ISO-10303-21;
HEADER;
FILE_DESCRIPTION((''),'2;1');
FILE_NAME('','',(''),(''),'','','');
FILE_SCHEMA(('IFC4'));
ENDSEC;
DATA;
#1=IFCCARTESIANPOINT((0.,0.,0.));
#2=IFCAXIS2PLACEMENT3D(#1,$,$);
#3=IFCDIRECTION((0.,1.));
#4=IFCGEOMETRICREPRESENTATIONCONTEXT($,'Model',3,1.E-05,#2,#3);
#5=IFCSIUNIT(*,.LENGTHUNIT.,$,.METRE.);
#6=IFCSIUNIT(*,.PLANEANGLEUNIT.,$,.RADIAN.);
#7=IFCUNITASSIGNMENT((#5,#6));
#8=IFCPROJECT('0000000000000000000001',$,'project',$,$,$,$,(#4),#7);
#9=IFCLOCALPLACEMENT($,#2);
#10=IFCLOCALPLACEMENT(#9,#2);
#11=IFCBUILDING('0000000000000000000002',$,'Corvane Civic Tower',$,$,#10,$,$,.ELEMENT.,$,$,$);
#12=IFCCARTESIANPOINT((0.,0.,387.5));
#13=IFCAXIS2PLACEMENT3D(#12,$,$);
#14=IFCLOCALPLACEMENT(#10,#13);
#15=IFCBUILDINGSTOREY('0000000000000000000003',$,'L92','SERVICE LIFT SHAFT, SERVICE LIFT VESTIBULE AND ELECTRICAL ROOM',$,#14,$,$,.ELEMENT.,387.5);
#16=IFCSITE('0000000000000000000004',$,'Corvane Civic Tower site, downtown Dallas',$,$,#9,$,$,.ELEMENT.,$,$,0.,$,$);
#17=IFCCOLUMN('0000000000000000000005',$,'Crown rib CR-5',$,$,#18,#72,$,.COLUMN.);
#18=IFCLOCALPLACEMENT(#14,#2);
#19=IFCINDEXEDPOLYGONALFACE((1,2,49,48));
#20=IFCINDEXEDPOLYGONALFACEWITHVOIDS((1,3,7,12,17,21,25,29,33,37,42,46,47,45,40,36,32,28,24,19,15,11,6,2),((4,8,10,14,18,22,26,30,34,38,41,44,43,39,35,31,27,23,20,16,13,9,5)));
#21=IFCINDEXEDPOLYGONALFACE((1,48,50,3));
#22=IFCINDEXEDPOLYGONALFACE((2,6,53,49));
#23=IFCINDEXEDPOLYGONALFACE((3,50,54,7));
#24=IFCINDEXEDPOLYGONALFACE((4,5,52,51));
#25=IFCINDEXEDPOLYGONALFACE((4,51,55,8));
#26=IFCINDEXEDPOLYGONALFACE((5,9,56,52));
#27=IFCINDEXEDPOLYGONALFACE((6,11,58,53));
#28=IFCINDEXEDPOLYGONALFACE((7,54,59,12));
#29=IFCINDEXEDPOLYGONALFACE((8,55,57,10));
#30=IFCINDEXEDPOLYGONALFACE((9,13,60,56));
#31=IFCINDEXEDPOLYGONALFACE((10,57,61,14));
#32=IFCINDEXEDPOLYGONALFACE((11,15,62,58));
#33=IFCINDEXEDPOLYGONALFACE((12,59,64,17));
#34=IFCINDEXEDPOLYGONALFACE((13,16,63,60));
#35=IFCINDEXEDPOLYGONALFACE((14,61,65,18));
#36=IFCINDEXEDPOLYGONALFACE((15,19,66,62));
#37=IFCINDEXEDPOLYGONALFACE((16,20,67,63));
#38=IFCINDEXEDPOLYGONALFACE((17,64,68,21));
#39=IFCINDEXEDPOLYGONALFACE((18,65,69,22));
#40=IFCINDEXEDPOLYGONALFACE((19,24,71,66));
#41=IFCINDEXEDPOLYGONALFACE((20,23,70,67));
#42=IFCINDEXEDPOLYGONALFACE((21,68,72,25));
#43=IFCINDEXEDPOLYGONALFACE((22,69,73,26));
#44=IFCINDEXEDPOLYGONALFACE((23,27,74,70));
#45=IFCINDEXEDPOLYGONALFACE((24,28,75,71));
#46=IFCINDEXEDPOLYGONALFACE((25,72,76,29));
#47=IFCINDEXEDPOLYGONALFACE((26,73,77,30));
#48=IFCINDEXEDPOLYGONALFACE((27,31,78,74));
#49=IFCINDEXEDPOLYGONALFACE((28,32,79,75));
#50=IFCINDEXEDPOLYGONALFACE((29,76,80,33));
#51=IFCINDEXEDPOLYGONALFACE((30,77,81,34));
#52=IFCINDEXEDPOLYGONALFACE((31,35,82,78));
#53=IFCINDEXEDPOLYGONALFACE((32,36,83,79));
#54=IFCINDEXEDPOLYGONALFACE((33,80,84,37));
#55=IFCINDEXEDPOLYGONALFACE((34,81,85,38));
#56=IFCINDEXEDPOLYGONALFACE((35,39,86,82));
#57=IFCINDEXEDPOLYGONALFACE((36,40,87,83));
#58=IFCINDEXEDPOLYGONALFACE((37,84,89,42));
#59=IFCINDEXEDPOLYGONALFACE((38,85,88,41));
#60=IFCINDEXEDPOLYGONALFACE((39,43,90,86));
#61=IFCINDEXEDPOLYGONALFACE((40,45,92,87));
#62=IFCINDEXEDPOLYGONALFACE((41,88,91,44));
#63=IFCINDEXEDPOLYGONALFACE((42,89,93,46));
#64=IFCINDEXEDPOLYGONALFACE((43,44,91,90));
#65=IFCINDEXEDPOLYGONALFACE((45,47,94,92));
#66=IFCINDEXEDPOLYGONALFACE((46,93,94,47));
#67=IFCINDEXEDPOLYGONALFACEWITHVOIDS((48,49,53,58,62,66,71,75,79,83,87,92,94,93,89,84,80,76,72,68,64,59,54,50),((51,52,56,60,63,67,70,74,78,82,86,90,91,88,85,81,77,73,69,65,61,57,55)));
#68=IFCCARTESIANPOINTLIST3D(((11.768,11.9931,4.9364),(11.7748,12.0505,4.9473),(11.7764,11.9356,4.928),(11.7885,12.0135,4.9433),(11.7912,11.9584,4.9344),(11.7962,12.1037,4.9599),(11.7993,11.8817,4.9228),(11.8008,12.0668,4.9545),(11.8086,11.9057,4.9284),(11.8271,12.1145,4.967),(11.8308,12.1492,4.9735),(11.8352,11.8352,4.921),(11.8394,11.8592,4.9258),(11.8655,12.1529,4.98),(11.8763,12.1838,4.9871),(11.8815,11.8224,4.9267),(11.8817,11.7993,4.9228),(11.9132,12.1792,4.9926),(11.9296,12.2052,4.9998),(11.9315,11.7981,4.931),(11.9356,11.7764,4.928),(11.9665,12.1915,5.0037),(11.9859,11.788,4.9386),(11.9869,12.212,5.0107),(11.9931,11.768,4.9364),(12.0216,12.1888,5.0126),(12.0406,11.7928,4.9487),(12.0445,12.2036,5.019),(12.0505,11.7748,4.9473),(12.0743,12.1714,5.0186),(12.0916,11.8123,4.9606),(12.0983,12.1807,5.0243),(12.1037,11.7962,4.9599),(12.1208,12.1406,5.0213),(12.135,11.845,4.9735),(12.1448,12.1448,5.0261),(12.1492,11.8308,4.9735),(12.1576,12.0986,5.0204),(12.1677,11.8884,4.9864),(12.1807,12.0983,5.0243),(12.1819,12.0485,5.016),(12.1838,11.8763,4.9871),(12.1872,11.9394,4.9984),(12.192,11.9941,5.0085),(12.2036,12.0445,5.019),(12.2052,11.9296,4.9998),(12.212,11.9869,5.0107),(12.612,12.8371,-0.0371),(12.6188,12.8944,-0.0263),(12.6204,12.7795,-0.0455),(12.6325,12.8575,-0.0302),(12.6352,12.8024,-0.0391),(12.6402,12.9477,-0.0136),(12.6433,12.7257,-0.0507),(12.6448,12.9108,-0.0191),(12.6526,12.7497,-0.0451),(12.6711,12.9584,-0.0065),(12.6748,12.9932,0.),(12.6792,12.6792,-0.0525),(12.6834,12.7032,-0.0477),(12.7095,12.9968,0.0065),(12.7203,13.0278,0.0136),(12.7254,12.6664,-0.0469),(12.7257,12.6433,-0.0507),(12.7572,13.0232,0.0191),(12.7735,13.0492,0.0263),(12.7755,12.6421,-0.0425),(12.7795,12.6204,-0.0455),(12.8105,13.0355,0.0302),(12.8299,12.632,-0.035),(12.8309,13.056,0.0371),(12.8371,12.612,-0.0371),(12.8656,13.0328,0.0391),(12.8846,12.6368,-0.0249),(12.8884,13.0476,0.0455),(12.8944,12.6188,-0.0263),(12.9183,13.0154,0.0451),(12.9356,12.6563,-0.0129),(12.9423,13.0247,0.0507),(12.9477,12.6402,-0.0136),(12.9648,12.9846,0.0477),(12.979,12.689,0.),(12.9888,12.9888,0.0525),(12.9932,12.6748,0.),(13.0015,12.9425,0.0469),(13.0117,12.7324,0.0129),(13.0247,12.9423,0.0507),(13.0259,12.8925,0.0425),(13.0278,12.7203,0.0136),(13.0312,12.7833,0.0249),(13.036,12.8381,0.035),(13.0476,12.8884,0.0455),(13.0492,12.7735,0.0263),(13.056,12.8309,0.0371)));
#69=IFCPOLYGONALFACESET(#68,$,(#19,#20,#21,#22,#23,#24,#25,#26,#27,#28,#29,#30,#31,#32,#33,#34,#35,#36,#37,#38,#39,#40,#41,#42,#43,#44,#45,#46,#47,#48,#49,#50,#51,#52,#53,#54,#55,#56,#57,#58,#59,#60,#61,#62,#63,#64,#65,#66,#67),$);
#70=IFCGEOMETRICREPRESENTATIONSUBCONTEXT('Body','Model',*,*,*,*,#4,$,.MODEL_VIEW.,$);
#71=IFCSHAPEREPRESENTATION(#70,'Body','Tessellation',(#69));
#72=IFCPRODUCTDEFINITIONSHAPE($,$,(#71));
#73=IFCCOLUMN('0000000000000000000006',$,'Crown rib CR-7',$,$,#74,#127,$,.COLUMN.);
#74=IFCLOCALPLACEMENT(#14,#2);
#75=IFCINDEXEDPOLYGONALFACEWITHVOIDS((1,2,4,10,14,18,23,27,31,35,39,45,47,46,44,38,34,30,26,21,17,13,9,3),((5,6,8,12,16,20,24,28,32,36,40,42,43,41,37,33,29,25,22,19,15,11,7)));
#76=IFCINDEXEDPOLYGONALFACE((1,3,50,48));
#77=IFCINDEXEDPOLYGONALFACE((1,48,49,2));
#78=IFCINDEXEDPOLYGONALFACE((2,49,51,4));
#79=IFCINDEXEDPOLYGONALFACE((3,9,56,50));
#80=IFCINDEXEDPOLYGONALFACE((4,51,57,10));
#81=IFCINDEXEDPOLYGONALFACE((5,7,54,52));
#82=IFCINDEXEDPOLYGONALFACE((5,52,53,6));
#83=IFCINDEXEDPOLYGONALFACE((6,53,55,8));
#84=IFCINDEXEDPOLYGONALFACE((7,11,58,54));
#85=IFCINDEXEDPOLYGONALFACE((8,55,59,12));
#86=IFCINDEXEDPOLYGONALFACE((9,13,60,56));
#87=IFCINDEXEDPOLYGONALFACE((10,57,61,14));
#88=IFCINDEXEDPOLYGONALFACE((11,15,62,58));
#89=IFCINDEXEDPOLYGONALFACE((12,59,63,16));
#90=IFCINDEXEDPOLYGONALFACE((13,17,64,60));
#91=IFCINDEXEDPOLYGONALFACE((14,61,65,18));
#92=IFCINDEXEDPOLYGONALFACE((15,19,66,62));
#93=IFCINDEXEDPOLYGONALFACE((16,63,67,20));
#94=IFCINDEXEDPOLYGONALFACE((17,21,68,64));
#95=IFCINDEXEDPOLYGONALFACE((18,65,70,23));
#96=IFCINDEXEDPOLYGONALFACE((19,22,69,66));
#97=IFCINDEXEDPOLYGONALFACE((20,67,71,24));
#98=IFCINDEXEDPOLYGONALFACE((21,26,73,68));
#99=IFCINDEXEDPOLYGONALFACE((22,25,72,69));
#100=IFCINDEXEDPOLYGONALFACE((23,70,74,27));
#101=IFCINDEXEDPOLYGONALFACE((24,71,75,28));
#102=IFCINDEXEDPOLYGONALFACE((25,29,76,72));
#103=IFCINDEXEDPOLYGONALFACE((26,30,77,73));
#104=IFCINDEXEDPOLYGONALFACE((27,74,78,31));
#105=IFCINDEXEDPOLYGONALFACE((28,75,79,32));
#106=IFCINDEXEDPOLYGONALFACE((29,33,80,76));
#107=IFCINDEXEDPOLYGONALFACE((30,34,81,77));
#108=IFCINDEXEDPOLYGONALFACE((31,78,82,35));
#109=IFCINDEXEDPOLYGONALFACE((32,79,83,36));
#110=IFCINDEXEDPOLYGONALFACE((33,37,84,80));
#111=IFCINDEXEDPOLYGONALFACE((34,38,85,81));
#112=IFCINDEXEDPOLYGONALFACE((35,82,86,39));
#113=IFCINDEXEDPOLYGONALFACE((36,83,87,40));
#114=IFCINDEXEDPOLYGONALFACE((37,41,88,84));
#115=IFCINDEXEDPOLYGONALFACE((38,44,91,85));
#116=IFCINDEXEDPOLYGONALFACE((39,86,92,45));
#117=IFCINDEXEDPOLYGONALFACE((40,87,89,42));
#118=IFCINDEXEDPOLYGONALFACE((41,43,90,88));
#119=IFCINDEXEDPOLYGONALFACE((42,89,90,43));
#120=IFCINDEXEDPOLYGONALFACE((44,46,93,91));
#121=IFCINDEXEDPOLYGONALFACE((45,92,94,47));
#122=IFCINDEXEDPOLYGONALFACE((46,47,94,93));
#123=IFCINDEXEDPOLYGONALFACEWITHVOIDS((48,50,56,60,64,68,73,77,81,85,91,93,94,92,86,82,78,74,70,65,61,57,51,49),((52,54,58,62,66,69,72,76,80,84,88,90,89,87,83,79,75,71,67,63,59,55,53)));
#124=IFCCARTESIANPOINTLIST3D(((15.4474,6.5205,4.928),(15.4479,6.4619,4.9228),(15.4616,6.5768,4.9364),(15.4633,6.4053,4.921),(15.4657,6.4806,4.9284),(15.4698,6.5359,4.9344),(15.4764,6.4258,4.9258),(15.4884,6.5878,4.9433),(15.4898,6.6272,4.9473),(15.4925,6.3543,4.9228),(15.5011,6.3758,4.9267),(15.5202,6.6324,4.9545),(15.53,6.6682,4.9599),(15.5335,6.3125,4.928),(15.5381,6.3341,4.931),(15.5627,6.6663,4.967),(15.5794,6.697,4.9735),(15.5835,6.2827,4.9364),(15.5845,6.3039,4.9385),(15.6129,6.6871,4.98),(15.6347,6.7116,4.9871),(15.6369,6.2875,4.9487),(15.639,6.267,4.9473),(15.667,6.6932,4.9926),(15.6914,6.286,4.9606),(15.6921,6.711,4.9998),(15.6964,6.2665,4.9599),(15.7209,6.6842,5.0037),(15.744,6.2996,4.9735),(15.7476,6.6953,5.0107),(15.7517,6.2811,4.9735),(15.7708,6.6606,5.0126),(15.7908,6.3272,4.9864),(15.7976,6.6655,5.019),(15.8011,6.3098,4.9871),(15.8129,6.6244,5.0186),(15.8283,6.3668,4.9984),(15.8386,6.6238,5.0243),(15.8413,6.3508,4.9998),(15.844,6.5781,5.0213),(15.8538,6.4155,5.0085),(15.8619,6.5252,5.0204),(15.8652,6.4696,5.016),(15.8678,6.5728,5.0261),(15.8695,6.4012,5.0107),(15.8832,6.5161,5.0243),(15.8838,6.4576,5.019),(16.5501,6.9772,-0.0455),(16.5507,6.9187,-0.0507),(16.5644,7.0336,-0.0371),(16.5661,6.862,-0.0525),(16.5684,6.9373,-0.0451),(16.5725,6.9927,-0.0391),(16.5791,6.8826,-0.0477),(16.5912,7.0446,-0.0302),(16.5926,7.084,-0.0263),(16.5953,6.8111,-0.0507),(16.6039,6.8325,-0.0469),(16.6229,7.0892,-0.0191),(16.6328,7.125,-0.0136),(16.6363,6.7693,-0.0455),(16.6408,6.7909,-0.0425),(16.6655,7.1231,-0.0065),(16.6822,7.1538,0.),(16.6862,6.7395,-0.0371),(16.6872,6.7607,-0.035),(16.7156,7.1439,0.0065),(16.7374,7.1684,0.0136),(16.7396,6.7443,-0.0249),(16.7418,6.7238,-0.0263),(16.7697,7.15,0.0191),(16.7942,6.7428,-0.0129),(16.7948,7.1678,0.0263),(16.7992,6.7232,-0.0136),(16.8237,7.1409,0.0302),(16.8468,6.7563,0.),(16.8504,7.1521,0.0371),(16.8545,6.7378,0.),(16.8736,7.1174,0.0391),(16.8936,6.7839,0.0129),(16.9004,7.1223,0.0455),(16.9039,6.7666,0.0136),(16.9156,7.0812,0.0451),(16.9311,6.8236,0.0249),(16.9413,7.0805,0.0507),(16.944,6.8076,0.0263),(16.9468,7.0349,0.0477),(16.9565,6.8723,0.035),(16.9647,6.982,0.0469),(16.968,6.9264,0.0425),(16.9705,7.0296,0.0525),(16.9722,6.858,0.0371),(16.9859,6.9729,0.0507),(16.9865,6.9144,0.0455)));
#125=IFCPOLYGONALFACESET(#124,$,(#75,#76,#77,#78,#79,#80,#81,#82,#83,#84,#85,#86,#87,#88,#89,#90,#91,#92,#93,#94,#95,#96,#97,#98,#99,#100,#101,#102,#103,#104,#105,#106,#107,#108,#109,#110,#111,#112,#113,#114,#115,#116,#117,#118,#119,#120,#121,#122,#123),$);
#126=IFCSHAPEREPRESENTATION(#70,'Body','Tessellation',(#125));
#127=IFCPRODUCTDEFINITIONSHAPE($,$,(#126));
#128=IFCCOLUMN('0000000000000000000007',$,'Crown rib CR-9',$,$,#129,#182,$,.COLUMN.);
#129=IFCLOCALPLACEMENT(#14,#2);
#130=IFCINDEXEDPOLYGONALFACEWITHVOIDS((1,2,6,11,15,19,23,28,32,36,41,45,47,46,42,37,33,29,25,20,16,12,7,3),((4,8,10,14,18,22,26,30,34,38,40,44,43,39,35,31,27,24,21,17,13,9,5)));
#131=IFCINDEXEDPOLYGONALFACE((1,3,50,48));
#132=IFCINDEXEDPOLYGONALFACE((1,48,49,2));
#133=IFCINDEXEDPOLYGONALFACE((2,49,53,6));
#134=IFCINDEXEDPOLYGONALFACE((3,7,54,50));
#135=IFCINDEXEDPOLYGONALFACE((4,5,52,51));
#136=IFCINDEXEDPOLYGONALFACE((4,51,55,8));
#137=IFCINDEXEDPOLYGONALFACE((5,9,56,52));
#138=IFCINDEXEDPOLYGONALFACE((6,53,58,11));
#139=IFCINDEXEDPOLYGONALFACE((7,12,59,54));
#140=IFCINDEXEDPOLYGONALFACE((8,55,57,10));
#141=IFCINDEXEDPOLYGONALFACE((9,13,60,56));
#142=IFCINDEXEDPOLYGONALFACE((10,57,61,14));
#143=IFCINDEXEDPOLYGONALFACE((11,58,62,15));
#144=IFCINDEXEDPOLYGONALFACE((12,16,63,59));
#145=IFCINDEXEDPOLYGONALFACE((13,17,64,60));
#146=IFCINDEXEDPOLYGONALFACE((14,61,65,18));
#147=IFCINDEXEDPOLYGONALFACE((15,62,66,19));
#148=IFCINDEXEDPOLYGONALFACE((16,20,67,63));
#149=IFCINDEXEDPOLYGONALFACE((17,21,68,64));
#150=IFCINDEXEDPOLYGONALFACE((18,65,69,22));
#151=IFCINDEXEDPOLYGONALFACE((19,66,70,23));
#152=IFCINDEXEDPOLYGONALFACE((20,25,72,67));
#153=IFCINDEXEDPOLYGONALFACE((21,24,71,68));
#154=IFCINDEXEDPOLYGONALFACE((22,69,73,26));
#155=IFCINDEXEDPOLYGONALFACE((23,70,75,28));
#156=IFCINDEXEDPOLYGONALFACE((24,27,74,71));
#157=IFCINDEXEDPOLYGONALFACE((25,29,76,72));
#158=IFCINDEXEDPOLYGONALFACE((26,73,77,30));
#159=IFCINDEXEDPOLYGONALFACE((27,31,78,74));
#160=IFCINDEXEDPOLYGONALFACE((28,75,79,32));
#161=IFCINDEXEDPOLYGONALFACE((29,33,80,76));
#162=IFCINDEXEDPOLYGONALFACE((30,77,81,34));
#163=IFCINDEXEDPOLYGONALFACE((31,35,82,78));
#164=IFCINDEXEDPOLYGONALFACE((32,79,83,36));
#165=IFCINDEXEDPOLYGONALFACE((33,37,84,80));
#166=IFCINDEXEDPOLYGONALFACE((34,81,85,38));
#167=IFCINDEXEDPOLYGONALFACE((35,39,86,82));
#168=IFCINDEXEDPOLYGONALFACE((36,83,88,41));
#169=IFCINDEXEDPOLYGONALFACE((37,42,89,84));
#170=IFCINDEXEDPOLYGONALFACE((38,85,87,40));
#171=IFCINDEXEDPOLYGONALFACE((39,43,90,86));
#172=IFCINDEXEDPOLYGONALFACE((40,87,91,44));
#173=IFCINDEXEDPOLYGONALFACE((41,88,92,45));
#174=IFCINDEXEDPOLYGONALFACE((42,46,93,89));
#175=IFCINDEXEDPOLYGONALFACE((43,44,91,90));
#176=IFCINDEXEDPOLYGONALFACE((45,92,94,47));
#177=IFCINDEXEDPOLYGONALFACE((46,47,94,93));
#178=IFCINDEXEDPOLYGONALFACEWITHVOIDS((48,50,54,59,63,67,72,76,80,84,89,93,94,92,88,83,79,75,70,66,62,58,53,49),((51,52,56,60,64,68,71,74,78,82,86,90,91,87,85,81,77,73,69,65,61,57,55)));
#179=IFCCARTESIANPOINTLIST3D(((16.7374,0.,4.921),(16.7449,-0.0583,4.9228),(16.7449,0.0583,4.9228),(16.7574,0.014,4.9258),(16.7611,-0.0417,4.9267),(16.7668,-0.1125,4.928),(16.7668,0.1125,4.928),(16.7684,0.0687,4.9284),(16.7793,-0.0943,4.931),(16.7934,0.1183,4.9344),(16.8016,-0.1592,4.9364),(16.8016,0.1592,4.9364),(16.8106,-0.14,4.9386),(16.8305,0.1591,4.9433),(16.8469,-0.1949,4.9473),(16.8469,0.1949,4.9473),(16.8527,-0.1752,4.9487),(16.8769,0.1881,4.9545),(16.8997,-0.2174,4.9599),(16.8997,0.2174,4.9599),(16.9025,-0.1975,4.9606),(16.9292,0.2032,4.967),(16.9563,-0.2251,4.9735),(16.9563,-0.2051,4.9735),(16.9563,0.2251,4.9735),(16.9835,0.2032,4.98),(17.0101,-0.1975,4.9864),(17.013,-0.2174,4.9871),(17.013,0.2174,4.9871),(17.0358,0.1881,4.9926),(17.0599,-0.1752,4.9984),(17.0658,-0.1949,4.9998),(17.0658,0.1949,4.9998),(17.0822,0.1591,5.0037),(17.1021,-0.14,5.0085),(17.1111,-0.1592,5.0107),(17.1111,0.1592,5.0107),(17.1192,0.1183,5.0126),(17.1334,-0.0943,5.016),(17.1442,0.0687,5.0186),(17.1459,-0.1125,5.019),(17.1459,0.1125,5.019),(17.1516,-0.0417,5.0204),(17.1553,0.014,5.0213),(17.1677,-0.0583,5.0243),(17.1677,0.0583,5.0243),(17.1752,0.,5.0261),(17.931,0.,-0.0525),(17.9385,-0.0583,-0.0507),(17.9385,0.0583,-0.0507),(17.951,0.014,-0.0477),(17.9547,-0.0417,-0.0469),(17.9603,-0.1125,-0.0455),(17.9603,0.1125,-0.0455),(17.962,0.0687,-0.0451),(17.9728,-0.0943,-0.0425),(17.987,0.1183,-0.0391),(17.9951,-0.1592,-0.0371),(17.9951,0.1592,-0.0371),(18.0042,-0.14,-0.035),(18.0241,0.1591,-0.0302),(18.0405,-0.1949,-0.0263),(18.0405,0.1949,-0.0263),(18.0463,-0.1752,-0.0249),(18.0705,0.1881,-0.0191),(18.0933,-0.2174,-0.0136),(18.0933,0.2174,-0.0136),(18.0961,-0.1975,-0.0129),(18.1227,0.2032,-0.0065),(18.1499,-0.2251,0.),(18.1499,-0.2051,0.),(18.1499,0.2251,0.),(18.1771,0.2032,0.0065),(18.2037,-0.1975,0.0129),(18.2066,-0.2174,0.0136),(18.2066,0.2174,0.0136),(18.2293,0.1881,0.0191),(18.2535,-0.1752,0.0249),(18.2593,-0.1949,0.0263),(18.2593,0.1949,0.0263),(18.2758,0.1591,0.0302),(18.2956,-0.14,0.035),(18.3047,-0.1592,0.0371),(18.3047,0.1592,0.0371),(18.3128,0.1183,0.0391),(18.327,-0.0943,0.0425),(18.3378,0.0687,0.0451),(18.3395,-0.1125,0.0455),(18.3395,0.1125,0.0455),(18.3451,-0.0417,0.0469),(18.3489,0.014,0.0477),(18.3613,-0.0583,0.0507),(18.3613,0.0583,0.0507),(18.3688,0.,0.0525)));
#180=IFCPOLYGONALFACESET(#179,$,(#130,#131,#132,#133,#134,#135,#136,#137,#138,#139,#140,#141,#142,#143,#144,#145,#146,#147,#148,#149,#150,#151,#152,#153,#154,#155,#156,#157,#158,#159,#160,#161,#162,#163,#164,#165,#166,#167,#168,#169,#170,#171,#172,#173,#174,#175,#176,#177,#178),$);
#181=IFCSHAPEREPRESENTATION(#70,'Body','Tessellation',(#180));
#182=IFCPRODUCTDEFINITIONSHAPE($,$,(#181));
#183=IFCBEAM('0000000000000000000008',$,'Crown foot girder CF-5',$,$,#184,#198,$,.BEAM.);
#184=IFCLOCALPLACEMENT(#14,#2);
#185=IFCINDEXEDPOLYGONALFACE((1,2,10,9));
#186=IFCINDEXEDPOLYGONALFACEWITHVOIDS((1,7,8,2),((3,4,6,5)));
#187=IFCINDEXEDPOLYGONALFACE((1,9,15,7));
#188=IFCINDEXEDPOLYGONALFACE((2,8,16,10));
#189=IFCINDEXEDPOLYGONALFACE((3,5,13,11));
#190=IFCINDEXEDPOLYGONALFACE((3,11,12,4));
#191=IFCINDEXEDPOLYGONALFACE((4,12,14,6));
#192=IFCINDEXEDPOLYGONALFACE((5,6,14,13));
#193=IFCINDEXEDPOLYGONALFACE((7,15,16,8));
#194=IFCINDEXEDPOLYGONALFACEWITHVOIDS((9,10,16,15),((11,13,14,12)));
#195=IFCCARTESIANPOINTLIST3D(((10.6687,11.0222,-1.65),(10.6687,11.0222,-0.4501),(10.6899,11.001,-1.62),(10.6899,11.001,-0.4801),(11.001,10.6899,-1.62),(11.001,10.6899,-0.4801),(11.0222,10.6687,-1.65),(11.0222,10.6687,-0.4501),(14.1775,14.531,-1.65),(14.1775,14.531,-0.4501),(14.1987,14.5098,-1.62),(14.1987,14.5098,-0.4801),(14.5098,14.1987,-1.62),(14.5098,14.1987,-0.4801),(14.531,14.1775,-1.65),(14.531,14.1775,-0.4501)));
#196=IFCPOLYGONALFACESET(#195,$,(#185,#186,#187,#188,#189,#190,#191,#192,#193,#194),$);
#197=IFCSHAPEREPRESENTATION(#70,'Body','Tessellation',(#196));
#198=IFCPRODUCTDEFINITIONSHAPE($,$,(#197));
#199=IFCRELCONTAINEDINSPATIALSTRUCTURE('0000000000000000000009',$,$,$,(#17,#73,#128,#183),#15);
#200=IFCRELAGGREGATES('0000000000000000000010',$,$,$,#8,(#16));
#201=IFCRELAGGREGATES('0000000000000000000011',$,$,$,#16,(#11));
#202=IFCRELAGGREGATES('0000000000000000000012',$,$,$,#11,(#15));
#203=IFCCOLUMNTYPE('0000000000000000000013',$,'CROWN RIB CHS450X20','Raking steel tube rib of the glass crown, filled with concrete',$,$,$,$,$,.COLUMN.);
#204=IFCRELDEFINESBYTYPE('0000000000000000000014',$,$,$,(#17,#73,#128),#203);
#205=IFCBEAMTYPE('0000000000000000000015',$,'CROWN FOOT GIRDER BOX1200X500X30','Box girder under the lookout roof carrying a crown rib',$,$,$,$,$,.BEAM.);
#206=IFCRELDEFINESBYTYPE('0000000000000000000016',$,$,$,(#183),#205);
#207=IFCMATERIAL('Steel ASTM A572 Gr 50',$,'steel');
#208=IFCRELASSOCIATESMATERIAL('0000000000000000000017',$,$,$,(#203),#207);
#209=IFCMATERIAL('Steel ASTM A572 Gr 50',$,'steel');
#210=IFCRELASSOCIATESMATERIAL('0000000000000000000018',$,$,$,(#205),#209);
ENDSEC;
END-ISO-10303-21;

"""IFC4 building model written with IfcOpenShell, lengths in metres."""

from ifc_helpers import new_model, si_unit, direction, frame, origin, origin_2d, place, context, subcontext, project, spatial, hollow_rectangle, hollow_circle, extrude, material, material_profile, profile_set, type_object, element, save


model = new_model("IFC4")

# Units and contexts
model_context = context("Model", 3, precision=1e-05, world=origin(), true_north=direction((0.0, 1.0)))
body_context = subcontext(model_context, "Body", "Model", "MODEL_VIEW")
ifc_project = project(units=[si_unit("LENGTHUNIT", "METRE"), si_unit("PLANEANGLEUNIT", "RADIAN")], contexts=[model_context])

# Site, building, storey
site_placement = place(None, origin())
site = spatial("IfcSite", under=ifc_project, at=site_placement, Name="Corvane Civic Tower site, downtown Dallas", CompositionType="ELEMENT", RefElevation=0.0)
building_placement = place(site_placement, origin())
building = spatial("IfcBuilding", under=site, at=building_placement, Name="Corvane Civic Tower", CompositionType="ELEMENT")
storey_placement = place(building_placement, frame((0.0, 0.0, 387.5)))
storey = spatial("IfcBuildingStorey", under=building, at=storey_placement, Name="L92", Description="SERVICE LIFT SHAFT, SERVICE LIFT VESTIBULE AND ELECTRICAL ROOM", CompositionType="ELEMENT", Elevation=387.5)

# Columns
ifc_material_1 = material(Name="Steel ASTM A572 Gr 50", Category="steel")
ifc_material_profile_1 = material_profile(ifc_material_1, hollow_circle(Radius=0.2251, WallThickness=0.02, at=origin_2d()), Name="CHS450X20")
ifc_profile_set_1 = profile_set([ifc_material_profile_1], Name="Steel ASTM A572 Gr 50")
column_type = type_object("IfcColumnType", Name="CROWN RIB CHS450X20", Description="Raking steel tube rib of the glass crown, filled with concrete", PredefinedType="COLUMN", material=ifc_profile_set_1)
for number, where, z_axis, x_axis, name in (
    (1, (12.834, 12.834, 0.0), (-0.165009, -0.165009, 0.972391), (0.707107, -0.707107, 0.0), "Crown rib CR-5"),
    (2, (16.7683, 6.9458, 0.0), (-0.215604, -0.089306, 0.972389), (0.382683, -0.92388, 0.0), "Crown rib CR-7"),
    (3, (18.1499, 0.0, 0.0), (-0.23336, 0.0, 0.97239), (0.0, -1.0, 0.0), "Crown rib CR-9"),
):
    element("IfcColumn", number, at=place(storey_placement, frame(where, z_axis=z_axis, x_axis=x_axis)), inside=storey, type_object=column_type, Name=name, PredefinedType="COLUMN", context=body_context, shape_type="SweptSolid", body=[
        extrude(hollow_circle(Radius=0.2251, WallThickness=0.02, at=origin_2d()), origin(), (0.0, 0.0, 1.0), 5.1147),
    ])

# Beam
ifc_material_2 = material(Name="Steel ASTM A572 Gr 50", Category="steel")
ifc_material_profile_2 = material_profile(ifc_material_2, hollow_rectangle(XDim=0.5, YDim=1.2, WallThickness=0.03, at=origin_2d()), Name="BOX1200X500X30")
ifc_profile_set_2 = profile_set([ifc_material_profile_2], Name="Steel ASTM A572 Gr 50")
beam_type = type_object("IfcBeamType", Name="CROWN FOOT GIRDER BOX1200X500X30", Description="Box girder under the lookout roof carrying a crown rib", PredefinedType="BEAM", material=ifc_profile_set_2)
beam_placement = place(storey_placement, frame((10.8455, 10.8455, -1.05), z_axis=(0.707107, 0.707107, 0.0), x_axis=(-0.707107, 0.707107, 0.0)))
element("IfcBeam", 4, at=beam_placement, inside=storey, type_object=beam_type, Name="Crown foot girder CF-5", PredefinedType="BEAM", context=body_context, shape_type="SweptSolid", body=[
    extrude(hollow_rectangle(XDim=0.5, YDim=1.2, WallThickness=0.03, at=origin_2d()), origin(), (0.0, 0.0, 1.0), 4.9622),
])

save(model, "model.ifc")
